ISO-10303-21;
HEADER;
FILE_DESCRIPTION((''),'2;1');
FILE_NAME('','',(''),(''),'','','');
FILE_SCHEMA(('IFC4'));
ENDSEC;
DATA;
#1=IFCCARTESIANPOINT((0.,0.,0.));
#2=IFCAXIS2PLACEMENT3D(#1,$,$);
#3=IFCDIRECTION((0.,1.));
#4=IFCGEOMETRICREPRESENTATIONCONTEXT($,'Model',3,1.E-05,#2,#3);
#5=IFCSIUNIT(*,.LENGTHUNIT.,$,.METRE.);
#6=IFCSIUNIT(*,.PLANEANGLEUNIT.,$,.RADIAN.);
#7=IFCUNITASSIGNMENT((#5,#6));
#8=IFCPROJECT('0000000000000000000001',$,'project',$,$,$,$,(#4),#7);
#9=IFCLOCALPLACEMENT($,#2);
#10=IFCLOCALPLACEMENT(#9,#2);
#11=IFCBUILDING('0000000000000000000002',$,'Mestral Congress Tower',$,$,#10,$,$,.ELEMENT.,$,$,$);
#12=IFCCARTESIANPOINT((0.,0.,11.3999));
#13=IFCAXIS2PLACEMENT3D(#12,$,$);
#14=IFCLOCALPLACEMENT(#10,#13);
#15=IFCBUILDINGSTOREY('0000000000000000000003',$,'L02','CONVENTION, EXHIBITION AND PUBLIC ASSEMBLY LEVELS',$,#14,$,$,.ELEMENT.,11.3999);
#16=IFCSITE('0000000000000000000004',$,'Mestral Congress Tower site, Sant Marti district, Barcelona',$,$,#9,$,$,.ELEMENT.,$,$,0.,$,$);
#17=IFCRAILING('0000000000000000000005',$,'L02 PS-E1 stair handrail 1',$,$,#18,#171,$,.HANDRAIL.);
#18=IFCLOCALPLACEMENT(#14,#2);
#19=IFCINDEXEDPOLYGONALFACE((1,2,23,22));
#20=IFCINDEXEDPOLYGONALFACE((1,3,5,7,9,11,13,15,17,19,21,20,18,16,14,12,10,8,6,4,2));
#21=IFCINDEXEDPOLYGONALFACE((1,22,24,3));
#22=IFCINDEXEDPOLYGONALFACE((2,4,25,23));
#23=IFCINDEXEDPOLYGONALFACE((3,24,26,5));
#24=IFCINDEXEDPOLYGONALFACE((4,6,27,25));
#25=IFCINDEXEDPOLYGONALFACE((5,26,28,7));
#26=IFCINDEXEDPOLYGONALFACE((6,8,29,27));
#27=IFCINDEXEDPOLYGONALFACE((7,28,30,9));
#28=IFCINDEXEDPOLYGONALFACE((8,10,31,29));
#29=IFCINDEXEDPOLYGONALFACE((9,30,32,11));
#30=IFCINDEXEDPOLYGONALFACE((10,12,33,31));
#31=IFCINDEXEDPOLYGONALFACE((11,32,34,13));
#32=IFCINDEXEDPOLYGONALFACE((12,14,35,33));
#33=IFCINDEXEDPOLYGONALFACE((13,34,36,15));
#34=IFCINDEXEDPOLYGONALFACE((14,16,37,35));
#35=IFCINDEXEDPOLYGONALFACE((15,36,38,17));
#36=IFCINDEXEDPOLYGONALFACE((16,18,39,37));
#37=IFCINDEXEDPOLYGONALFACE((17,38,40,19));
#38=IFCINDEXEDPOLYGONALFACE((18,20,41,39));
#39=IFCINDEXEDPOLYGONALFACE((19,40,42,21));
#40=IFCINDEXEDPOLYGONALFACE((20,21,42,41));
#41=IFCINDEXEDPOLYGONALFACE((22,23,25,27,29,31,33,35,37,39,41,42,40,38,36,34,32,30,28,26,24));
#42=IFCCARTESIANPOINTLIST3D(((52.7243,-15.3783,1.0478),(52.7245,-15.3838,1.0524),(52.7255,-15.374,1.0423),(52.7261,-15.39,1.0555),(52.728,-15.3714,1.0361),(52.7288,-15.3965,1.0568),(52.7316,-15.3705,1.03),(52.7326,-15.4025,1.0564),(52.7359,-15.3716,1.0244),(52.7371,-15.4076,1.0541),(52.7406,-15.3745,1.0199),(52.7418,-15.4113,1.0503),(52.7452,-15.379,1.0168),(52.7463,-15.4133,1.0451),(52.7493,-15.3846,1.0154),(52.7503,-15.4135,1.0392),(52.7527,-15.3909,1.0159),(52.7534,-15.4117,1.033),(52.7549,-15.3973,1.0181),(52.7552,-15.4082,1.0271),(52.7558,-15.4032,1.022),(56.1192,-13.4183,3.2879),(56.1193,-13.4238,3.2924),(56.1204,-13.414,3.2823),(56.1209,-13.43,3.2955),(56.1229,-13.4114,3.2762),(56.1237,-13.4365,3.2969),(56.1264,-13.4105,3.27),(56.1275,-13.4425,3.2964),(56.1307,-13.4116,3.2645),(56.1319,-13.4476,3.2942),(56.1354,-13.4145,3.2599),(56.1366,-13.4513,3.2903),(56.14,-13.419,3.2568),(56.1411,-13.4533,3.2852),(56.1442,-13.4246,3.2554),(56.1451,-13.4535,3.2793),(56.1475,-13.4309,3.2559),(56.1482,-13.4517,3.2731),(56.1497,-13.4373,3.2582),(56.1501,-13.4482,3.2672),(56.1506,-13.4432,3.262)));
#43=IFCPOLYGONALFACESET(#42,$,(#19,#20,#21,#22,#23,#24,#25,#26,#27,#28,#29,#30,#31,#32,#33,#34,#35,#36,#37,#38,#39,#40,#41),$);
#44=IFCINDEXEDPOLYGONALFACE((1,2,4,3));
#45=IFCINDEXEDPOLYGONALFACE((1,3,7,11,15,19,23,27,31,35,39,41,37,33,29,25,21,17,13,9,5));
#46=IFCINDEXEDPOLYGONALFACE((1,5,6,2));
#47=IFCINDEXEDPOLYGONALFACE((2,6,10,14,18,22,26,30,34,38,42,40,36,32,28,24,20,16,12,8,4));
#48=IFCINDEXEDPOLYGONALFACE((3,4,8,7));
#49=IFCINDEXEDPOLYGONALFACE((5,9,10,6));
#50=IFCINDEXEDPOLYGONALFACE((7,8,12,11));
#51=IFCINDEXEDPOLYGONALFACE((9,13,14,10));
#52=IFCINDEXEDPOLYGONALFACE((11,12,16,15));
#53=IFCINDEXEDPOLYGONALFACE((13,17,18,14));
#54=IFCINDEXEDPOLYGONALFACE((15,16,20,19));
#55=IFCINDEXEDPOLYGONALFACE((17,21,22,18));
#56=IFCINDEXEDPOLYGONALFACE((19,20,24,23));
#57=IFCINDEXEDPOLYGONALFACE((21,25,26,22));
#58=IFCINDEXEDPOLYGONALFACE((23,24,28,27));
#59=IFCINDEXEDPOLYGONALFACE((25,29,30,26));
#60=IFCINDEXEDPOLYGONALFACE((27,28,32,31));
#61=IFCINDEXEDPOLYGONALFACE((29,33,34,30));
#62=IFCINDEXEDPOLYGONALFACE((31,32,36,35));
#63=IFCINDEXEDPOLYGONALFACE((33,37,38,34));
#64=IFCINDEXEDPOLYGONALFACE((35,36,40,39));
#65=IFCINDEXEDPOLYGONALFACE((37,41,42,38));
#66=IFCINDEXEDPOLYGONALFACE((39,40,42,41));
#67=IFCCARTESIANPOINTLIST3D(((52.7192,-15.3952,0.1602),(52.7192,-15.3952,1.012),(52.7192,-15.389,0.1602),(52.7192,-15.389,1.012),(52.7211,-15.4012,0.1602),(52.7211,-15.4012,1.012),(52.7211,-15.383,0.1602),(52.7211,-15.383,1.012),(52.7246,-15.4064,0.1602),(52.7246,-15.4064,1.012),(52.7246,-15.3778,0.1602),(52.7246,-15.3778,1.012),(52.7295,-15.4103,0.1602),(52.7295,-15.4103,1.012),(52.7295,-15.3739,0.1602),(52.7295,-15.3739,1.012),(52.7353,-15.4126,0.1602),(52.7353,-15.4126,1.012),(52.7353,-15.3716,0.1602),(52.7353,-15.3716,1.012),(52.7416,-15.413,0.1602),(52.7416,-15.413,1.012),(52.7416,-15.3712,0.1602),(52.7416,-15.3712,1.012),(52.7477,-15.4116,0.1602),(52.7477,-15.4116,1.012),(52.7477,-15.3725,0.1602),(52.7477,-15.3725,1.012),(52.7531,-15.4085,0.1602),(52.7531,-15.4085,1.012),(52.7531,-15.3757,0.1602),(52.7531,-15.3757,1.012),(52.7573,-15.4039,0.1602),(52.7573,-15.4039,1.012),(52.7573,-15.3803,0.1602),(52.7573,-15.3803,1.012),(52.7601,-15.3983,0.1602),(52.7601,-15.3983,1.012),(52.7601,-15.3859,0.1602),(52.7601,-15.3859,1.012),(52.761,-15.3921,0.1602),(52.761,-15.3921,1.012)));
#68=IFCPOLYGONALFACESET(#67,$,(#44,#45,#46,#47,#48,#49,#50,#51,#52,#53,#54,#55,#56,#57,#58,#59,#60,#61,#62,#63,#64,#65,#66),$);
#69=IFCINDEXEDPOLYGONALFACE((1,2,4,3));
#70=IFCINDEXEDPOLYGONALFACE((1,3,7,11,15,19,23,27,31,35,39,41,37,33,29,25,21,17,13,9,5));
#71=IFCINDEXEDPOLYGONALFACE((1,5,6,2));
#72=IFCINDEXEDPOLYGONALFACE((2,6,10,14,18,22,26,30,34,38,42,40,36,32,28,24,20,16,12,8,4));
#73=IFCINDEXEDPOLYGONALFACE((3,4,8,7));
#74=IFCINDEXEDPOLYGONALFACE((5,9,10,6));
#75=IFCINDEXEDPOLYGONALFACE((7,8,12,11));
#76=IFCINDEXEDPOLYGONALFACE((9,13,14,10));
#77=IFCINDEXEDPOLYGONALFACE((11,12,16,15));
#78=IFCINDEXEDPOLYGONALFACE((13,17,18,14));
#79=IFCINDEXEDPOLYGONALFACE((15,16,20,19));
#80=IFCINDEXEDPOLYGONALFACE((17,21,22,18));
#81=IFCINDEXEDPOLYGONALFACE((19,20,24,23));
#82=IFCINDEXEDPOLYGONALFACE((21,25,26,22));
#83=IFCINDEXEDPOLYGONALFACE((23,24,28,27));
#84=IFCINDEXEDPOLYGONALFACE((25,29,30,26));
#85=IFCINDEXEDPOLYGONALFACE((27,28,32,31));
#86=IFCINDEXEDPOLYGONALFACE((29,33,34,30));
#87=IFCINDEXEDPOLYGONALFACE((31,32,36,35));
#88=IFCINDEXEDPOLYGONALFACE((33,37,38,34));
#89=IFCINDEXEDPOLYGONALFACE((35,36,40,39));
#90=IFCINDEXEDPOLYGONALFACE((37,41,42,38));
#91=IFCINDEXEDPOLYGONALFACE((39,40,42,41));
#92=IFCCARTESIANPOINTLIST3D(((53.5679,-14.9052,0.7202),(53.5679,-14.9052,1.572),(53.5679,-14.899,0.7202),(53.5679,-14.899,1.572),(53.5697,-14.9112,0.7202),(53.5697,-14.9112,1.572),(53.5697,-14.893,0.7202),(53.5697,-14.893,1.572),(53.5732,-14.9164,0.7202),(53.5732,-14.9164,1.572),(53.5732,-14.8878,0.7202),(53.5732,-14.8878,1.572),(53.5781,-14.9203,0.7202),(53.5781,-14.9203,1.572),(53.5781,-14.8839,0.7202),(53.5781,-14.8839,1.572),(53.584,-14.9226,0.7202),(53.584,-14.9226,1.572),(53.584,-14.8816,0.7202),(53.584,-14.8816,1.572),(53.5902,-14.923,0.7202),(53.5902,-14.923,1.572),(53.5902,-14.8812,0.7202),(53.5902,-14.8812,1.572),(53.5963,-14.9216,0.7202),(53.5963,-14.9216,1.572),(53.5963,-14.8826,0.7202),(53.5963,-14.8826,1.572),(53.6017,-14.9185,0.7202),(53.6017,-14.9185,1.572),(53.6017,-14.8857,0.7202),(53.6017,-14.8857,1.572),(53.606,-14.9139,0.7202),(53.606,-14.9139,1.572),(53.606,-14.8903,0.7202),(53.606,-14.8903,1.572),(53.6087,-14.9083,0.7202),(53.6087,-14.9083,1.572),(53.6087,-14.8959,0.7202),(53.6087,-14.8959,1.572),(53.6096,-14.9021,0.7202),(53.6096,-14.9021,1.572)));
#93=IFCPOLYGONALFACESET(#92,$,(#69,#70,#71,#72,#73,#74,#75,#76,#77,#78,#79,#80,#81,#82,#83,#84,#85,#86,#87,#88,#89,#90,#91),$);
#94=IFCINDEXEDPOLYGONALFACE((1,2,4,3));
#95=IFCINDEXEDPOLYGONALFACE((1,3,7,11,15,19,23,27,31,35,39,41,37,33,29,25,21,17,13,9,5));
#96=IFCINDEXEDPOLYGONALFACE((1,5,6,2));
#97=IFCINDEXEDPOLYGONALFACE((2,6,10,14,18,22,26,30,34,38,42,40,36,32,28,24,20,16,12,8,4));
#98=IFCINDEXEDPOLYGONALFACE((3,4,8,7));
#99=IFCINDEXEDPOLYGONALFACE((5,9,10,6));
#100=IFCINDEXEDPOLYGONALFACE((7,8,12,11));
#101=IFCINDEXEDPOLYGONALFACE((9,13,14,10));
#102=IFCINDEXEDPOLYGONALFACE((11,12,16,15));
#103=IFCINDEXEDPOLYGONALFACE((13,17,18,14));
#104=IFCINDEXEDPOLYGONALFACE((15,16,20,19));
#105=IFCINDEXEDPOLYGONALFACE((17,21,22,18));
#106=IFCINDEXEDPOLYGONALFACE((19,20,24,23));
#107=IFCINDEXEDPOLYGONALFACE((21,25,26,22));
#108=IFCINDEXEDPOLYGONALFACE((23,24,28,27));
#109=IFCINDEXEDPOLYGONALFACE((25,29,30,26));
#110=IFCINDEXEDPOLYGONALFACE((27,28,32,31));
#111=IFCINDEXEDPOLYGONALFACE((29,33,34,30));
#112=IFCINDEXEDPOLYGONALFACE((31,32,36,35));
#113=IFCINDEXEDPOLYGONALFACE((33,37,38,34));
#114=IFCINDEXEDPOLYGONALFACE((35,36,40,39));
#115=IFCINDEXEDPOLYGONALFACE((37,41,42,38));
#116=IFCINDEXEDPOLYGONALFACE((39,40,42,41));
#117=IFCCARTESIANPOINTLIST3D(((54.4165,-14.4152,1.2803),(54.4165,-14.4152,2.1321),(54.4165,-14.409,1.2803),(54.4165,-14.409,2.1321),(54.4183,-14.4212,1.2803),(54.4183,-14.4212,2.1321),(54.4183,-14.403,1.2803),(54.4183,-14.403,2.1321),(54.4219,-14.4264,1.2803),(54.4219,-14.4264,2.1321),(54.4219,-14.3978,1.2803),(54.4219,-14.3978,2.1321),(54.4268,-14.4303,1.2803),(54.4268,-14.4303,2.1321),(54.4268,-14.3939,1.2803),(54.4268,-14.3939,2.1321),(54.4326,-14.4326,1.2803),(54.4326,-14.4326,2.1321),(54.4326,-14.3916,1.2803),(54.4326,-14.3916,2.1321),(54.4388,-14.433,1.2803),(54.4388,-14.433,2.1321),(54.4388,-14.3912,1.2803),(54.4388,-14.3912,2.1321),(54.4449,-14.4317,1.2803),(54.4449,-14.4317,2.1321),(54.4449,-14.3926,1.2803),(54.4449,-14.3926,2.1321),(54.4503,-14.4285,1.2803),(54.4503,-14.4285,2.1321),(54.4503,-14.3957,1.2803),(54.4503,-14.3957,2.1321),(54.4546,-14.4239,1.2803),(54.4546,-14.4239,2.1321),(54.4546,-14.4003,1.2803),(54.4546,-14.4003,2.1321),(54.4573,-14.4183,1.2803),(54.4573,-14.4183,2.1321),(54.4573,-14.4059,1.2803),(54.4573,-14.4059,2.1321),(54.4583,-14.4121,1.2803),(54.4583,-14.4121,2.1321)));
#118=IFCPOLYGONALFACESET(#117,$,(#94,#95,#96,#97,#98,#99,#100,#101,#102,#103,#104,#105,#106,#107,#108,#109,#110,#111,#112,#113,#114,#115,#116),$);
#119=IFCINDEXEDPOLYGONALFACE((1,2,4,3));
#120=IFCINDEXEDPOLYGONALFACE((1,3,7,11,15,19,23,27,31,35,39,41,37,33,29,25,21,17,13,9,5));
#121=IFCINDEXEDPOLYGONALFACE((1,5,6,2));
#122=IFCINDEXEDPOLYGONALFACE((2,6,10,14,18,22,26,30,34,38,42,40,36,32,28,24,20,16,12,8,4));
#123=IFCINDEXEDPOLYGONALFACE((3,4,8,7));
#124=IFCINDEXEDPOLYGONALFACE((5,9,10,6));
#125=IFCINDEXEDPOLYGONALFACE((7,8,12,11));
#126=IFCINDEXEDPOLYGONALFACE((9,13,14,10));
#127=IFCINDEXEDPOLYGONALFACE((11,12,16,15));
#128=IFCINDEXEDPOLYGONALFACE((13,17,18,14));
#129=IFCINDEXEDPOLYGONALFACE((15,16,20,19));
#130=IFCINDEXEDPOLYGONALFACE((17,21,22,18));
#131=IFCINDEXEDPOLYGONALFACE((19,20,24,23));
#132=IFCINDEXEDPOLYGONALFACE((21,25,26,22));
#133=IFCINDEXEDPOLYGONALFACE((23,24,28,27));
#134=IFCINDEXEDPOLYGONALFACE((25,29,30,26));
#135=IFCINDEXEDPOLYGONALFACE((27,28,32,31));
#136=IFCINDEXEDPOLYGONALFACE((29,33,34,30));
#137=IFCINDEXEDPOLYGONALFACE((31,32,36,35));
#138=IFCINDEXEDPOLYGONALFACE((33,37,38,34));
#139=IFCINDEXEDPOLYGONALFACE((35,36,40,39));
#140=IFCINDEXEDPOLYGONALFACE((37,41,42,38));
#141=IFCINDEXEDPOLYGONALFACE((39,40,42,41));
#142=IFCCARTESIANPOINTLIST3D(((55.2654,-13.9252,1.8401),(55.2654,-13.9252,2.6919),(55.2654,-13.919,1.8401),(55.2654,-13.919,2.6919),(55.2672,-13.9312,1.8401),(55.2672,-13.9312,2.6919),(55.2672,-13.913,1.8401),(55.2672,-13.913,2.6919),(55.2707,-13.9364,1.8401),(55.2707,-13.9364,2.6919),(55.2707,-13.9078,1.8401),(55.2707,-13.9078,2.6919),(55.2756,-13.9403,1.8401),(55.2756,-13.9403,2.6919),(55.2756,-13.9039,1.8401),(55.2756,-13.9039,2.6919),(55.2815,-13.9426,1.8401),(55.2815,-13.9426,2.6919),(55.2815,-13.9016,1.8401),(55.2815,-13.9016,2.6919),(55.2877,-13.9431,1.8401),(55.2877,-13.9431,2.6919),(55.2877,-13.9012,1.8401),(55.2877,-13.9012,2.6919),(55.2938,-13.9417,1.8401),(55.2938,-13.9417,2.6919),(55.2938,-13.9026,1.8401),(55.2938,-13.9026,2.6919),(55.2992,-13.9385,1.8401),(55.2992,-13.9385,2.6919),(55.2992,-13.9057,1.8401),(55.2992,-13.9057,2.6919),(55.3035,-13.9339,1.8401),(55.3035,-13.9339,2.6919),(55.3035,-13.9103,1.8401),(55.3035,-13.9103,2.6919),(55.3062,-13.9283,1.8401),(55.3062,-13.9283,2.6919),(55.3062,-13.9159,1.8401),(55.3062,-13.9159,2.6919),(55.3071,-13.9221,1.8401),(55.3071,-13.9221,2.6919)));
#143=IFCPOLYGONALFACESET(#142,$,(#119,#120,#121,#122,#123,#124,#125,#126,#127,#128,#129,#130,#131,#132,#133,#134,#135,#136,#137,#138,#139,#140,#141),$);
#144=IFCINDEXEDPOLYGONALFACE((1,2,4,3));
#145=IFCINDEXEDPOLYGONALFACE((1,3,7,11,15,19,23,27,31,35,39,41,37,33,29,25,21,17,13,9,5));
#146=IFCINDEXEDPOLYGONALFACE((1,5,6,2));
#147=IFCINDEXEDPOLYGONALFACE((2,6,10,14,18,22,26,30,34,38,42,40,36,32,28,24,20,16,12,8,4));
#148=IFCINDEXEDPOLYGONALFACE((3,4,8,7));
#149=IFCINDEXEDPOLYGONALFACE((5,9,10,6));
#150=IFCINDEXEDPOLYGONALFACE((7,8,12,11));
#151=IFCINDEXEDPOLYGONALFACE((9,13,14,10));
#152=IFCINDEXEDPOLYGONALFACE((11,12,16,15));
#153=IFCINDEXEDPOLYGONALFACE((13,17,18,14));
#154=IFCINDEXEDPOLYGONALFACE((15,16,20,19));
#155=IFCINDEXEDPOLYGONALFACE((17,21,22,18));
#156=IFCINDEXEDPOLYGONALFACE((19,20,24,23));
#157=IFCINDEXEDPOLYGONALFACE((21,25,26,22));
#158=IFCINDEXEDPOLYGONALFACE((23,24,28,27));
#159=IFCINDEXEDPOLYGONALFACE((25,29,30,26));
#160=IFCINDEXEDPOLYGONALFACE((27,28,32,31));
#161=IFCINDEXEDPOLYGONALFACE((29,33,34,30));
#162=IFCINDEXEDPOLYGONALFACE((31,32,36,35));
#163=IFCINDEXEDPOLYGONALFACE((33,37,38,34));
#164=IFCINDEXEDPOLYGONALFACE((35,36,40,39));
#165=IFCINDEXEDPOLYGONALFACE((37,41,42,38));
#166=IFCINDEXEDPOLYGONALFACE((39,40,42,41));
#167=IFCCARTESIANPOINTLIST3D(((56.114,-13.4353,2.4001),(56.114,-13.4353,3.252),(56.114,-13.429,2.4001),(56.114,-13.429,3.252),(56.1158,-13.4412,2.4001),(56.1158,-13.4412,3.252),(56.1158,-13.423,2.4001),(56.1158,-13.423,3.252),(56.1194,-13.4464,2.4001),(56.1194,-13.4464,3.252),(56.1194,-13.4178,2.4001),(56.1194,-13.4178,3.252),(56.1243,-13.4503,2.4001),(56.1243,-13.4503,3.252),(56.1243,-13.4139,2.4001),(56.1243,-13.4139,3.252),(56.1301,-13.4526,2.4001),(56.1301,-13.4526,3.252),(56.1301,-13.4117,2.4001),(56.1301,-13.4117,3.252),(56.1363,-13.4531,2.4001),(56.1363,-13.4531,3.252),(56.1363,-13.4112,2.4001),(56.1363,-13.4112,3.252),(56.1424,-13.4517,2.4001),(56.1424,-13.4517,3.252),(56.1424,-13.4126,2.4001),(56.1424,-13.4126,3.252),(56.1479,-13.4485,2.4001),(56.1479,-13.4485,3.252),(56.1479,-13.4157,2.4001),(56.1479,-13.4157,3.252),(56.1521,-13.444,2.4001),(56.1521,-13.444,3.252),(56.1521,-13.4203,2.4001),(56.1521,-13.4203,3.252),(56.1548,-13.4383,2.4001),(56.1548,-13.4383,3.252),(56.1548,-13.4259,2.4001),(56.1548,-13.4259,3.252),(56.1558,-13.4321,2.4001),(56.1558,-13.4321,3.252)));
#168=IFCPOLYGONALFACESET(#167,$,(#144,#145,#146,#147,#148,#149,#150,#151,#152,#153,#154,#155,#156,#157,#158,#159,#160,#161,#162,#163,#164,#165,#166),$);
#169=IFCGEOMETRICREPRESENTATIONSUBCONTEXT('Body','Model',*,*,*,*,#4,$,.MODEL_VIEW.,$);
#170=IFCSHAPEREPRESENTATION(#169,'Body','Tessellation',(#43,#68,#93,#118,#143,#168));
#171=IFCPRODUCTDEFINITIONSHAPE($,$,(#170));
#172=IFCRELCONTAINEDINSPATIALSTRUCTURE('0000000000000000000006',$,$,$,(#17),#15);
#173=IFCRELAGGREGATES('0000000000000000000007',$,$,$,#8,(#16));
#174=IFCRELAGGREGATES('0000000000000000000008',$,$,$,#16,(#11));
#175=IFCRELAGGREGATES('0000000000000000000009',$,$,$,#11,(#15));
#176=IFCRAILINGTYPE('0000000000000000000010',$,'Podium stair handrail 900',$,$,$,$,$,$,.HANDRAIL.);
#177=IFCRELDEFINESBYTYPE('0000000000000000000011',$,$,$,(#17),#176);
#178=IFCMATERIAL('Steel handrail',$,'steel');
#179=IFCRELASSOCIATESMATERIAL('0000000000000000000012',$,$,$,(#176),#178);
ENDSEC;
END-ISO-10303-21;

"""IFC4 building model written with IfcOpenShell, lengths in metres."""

from ifc_helpers import new_model, si_unit, direction, frame, origin, origin_2d, place, context, subcontext, project, spatial, circle, extrude, material, type_object, element, save


model = new_model("IFC4")

# Units and contexts
model_context = context("Model", 3, precision=1e-05, world=origin(), true_north=direction((0.0, 1.0)))
body_context = subcontext(model_context, "Body", "Model", "MODEL_VIEW")
ifc_project = project(units=[si_unit("LENGTHUNIT", "METRE"), si_unit("PLANEANGLEUNIT", "RADIAN")], contexts=[model_context])

# Site, building, storey
site_placement = place(None, origin())
site = spatial("IfcSite", under=ifc_project, at=site_placement, Name="Mestral Congress Tower site, Sant Marti district, Barcelona", CompositionType="ELEMENT", RefElevation=0.0)
building_placement = place(site_placement, origin())
building = spatial("IfcBuilding", under=site, at=building_placement, Name="Mestral Congress Tower", CompositionType="ELEMENT")
storey_placement = place(building_placement, frame((0.0, 0.0, 11.3999)))
storey = spatial("IfcBuildingStorey", under=building, at=storey_placement, Name="L02", Description="CONVENTION, EXHIBITION AND PUBLIC ASSEMBLY LEVELS", CompositionType="ELEMENT", Elevation=11.3999)

# Railing
ifc_material_1 = material(Name="Steel handrail", Category="steel")
railing_type_1 = type_object("IfcRailingType", Name="Podium stair handrail 900", PredefinedType="HANDRAIL", material=ifc_material_1)
railing_1_placement = place(storey_placement, frame((52.74, -15.3921, 0.1602)))
element("IfcRailing", 1, at=railing_1_placement, inside=storey, type_object=railing_type_1, Name="L02 PS-E1 stair handrail 1", PredefinedType="HANDRAIL", context=body_context, shape_type="SweptSolid", body=[
    extrude(circle(Radius=0.0239, at=origin_2d()), frame((0.0, 0.0, 0.876), z_axis=(0.75192, 0.434118, 0.496143), x_axis=(-0.499997, 0.866027, 0.0)), (0.0, 0.0, 1.0), 4.5149),
    extrude(circle(Radius=0.021, at=origin_2d()), origin(), (0.0, 0.0, 1.0), 0.8518),
    extrude(circle(Radius=0.021, at=origin_2d()), frame((0.8486, 0.49, 0.5601)), (0.0, 0.0, 1.0), 0.8518),
    extrude(circle(Radius=0.021, at=origin_2d()), frame((1.6973, 0.98, 1.1201)), (0.0, 0.0, 1.0), 0.8518),
    extrude(circle(Radius=0.021, at=origin_2d()), frame((2.5461, 1.47, 1.6799)), (0.0, 0.0, 1.0), 0.8518),
    extrude(circle(Radius=0.021, at=origin_2d()), frame((3.3948, 1.96, 2.24)), (0.0, 0.0, 1.0), 0.8518),
])

save(model, "model.ifc")
